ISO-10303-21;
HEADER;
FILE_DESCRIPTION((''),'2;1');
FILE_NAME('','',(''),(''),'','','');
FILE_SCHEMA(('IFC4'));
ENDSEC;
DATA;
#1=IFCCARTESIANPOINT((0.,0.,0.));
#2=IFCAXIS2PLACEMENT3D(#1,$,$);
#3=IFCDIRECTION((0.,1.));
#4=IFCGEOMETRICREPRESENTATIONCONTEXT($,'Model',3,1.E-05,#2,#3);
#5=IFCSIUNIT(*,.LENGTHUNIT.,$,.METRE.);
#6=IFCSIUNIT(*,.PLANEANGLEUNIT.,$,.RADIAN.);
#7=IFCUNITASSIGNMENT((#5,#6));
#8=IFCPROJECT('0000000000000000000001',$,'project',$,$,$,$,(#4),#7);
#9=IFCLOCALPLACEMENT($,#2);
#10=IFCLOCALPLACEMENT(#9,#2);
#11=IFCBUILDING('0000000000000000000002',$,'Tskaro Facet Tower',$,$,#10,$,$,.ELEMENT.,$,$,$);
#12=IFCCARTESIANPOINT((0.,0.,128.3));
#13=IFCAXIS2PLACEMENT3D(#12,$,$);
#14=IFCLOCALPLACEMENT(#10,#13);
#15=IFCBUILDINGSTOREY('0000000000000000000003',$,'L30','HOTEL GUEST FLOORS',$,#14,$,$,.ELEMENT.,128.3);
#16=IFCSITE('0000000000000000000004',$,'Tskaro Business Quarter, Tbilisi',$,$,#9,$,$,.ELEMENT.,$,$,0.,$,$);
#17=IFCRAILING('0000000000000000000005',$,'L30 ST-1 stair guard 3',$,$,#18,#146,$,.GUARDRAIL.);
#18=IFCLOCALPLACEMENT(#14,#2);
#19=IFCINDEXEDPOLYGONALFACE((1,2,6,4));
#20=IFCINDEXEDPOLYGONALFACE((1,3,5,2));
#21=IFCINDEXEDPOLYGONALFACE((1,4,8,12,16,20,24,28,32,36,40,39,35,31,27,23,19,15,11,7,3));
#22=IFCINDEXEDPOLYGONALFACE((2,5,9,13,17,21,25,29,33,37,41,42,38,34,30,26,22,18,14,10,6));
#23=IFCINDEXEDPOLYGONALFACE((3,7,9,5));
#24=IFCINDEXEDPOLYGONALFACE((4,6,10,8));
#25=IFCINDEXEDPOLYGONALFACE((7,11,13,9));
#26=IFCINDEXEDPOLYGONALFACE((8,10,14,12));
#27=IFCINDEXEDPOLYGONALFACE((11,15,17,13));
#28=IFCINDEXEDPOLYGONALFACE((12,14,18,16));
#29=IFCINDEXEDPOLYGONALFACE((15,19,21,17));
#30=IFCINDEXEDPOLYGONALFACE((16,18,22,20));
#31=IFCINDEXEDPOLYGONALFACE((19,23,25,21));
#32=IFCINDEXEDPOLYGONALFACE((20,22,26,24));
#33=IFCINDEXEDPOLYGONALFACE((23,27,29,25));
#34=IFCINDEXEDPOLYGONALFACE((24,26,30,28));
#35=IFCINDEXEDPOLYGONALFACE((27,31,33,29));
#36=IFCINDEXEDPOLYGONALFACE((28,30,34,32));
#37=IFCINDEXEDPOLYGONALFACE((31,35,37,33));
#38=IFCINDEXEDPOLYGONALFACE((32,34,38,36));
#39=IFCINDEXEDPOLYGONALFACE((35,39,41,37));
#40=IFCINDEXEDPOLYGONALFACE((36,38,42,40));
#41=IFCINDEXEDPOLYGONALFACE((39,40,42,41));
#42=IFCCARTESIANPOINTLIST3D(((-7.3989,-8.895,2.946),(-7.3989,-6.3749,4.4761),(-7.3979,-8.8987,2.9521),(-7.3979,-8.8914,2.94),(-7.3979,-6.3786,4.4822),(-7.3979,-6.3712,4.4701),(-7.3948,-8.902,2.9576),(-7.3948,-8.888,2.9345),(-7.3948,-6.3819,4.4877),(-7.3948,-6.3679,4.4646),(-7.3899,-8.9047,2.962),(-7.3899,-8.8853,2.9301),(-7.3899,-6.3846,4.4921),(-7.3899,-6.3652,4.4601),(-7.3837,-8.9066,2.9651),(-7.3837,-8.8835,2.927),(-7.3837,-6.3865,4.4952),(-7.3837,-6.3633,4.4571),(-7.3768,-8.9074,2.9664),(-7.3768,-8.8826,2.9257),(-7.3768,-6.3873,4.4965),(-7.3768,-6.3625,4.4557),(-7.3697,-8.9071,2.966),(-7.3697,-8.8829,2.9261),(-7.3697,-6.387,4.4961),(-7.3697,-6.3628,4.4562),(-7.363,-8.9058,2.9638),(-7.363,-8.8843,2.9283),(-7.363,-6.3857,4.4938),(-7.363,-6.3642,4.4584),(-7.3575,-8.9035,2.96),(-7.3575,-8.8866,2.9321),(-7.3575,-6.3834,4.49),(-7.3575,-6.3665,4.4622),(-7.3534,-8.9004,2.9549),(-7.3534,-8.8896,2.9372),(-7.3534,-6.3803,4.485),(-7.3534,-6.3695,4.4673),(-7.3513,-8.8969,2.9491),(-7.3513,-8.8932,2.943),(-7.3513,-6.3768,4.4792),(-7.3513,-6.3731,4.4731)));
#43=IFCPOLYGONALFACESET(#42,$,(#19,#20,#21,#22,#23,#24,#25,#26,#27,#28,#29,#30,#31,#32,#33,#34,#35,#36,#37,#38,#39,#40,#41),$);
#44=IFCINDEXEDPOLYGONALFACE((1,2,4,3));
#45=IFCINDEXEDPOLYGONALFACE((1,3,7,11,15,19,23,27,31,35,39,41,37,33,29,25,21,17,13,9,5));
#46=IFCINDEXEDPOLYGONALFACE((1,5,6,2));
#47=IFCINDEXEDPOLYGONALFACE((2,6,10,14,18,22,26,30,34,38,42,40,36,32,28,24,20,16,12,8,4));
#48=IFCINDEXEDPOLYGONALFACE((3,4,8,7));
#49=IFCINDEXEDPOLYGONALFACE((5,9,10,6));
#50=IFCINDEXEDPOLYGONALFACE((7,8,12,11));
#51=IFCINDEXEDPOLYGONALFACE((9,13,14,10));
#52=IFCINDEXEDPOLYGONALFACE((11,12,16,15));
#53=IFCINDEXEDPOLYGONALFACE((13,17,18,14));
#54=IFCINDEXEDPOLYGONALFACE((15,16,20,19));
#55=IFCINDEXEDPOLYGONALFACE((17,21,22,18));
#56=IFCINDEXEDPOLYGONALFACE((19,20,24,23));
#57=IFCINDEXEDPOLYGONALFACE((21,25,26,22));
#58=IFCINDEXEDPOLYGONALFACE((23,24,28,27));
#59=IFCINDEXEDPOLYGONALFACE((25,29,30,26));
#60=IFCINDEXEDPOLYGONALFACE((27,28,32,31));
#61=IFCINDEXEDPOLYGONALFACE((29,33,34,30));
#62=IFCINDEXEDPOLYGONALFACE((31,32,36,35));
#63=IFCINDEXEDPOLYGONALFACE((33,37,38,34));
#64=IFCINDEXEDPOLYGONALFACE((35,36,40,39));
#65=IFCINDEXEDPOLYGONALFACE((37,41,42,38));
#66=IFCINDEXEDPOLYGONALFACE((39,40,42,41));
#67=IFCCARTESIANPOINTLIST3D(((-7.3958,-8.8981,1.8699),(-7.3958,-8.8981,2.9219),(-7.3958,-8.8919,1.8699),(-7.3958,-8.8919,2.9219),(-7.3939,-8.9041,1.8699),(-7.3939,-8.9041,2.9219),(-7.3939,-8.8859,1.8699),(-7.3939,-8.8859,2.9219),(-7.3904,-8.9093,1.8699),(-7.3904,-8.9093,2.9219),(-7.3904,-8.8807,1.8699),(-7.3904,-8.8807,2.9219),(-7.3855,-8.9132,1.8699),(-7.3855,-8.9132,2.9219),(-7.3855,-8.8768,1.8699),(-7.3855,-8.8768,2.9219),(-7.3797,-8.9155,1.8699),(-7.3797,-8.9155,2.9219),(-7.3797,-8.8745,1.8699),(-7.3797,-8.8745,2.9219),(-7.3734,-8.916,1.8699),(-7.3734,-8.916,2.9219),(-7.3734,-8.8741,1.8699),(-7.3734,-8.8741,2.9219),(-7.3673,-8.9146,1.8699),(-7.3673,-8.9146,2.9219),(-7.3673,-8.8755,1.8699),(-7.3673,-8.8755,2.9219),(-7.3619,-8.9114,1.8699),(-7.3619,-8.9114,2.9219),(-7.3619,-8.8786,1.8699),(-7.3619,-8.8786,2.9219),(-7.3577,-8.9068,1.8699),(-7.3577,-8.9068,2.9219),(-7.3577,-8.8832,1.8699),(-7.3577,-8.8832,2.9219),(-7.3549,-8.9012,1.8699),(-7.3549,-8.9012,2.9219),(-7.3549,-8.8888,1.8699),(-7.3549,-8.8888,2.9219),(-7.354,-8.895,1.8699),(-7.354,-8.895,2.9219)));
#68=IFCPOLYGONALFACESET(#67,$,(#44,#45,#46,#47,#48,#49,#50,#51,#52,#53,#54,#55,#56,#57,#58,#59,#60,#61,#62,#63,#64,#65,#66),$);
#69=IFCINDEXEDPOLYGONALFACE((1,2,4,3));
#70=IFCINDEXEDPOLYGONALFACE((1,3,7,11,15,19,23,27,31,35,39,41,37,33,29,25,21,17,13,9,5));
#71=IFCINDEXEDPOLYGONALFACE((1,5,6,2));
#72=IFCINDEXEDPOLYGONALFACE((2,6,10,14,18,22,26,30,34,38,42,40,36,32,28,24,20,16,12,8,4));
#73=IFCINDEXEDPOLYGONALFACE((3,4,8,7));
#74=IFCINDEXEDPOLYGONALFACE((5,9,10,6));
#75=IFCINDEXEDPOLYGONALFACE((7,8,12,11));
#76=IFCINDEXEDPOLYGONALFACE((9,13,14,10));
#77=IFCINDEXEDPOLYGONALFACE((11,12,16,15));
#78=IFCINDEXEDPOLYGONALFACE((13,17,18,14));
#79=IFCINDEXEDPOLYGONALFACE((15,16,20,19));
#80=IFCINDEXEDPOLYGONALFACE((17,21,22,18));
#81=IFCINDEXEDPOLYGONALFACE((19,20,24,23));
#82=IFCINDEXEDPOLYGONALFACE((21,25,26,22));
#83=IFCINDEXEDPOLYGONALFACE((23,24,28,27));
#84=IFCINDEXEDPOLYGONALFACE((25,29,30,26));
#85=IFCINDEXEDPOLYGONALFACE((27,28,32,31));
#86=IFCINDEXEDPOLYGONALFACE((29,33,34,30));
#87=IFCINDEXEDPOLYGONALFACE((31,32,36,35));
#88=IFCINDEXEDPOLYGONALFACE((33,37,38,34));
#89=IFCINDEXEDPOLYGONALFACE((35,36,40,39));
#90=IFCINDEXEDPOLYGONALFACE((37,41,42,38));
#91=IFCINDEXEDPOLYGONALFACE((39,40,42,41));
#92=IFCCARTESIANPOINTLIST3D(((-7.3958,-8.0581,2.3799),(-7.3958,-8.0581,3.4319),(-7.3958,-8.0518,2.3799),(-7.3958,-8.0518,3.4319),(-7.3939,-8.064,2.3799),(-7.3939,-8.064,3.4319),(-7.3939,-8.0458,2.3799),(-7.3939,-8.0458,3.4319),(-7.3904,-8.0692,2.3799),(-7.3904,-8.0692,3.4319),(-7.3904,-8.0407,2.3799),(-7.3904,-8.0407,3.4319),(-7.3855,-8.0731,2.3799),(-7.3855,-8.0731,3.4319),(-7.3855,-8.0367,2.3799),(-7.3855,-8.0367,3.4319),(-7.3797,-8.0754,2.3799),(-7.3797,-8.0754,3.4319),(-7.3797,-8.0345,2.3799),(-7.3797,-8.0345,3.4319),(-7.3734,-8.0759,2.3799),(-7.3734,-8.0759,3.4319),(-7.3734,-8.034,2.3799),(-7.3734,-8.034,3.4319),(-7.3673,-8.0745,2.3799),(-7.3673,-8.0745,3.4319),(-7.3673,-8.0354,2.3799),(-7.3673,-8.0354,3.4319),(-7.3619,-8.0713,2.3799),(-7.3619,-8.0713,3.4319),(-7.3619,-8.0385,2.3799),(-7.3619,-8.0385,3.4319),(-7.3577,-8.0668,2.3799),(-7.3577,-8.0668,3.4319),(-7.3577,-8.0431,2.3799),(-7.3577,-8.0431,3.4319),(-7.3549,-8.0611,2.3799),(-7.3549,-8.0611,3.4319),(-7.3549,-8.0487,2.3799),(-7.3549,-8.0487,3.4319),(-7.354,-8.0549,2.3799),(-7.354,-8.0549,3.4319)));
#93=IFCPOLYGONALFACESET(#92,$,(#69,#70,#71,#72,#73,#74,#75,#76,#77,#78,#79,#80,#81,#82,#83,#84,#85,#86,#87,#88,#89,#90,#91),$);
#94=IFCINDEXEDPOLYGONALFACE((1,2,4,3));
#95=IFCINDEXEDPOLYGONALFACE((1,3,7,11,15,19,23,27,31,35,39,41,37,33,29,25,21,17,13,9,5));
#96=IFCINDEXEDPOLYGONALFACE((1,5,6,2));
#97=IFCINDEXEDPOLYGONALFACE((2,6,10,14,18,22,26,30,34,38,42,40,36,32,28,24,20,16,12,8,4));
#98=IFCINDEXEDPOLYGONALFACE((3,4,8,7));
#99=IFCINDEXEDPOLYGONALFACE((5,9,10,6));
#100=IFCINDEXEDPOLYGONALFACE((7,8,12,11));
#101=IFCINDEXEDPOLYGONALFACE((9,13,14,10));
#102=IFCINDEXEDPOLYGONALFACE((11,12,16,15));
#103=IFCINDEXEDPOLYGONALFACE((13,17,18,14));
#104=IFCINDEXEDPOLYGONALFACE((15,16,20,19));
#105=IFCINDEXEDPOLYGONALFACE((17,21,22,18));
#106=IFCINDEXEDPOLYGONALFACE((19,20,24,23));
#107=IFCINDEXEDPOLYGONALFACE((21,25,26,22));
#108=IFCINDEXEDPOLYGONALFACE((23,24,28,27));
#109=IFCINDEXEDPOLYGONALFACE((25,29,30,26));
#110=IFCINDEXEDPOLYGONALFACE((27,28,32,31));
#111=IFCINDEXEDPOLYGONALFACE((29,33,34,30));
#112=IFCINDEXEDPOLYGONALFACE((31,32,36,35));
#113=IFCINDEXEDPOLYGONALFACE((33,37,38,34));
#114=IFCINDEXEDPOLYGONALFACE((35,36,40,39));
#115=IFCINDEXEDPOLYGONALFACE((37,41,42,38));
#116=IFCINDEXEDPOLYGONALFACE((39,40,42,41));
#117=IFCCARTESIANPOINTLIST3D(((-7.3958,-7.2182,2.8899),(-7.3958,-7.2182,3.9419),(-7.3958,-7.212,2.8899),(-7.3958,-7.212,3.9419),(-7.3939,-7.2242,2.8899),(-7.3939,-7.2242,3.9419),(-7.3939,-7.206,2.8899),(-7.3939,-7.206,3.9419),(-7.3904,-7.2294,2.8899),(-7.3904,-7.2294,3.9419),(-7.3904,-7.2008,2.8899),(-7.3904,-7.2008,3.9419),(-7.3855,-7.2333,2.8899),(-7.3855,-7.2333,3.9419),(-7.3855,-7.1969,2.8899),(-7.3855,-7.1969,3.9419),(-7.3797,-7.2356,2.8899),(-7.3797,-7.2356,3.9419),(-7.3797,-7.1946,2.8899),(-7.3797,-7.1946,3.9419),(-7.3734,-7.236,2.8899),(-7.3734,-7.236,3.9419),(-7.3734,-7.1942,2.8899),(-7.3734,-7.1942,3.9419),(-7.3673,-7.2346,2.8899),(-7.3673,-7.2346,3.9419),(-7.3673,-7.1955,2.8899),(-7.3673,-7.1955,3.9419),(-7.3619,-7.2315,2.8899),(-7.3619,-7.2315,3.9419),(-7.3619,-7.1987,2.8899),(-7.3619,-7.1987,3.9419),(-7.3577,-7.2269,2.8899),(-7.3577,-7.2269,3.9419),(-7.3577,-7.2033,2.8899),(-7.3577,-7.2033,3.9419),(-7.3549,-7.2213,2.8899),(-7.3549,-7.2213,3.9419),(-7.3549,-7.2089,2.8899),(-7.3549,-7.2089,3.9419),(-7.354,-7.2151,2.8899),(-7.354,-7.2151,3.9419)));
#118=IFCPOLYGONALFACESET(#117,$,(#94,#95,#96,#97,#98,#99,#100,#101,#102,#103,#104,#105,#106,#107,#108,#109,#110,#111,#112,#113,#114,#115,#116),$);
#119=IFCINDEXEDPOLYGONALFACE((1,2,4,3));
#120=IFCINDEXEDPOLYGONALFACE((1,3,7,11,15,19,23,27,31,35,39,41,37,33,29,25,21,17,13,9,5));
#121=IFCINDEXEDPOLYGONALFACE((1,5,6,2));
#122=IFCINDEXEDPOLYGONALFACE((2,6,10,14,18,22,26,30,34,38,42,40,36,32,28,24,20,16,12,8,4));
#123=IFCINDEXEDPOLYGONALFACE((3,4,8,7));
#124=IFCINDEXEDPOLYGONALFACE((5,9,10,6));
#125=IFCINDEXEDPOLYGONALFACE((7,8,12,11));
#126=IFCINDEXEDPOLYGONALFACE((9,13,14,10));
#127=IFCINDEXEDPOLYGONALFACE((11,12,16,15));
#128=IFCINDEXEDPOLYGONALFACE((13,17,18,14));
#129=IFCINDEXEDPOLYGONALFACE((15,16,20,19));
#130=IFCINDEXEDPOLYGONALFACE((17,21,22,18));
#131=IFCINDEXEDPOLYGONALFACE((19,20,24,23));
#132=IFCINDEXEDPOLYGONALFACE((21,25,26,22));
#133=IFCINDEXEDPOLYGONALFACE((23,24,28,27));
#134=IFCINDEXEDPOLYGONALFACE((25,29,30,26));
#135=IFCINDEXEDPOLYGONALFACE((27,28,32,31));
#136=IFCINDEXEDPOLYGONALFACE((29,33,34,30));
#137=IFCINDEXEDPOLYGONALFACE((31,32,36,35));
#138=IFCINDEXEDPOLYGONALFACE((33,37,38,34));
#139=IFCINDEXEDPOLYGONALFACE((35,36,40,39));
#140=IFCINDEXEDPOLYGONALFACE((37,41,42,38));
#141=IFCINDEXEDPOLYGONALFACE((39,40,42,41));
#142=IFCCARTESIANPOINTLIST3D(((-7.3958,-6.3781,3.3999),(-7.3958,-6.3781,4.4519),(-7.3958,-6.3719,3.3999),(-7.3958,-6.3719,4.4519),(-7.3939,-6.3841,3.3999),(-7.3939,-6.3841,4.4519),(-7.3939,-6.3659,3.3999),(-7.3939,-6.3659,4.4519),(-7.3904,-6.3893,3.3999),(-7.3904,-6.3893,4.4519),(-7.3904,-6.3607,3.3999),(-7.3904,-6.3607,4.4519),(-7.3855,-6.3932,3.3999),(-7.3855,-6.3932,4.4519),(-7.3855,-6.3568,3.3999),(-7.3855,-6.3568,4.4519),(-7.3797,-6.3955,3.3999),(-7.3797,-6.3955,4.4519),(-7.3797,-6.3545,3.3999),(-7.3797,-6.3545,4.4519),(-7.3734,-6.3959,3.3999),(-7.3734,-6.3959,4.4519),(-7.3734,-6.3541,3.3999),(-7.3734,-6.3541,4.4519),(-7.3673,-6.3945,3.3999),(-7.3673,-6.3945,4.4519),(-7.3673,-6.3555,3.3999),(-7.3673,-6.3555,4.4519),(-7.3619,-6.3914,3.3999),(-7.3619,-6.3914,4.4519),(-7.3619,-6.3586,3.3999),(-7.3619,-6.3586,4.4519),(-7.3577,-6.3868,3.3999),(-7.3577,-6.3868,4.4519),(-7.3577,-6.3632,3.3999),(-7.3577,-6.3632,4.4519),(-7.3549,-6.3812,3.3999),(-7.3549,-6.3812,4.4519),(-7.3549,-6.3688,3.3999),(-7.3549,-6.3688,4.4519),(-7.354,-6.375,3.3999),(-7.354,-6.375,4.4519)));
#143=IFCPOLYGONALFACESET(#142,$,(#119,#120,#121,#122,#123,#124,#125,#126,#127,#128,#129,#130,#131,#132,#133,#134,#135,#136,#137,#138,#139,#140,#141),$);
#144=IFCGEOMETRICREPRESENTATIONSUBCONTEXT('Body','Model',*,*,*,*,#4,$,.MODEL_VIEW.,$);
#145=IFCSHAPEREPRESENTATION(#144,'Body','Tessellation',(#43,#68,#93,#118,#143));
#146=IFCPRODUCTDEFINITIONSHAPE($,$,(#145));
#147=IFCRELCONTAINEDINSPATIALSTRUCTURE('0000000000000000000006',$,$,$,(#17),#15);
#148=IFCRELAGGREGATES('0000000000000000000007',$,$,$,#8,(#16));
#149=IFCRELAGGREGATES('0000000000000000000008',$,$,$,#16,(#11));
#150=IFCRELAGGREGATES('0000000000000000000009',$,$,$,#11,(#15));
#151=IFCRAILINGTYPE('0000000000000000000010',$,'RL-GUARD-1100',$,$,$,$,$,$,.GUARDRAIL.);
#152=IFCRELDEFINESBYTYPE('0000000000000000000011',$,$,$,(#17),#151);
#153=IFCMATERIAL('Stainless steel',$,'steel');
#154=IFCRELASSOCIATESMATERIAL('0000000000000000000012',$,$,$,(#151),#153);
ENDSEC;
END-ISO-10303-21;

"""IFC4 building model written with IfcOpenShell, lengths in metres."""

from ifc_helpers import new_model, si_unit, direction, frame, origin, origin_2d, place, context, subcontext, project, spatial, circle, extrude, material, type_object, element, save


model = new_model("IFC4")

# Units and contexts
model_context = context("Model", 3, precision=1e-05, world=origin(), true_north=direction((0.0, 1.0)))
body_context = subcontext(model_context, "Body", "Model", "MODEL_VIEW")
ifc_project = project(units=[si_unit("LENGTHUNIT", "METRE"), si_unit("PLANEANGLEUNIT", "RADIAN")], contexts=[model_context])

# Site, building, storey
site_placement = place(None, origin())
site = spatial("IfcSite", under=ifc_project, at=site_placement, Name="Tskaro Business Quarter, Tbilisi", CompositionType="ELEMENT", RefElevation=0.0)
building_placement = place(site_placement, origin())
building = spatial("IfcBuilding", under=site, at=building_placement, Name="Tskaro Facet Tower", CompositionType="ELEMENT")
storey_placement = place(building_placement, frame((0.0, 0.0, 128.3)))
storey = spatial("IfcBuildingStorey", under=building, at=storey_placement, Name="L30", Description="HOTEL GUEST FLOORS", CompositionType="ELEMENT", Elevation=128.3)

# Shared definitions
ifc_material_1 = material(Name="Stainless steel", Category="steel")

# Railing
railing_type_1 = type_object("IfcRailingType", Name="RL-GUARD-1100", PredefinedType="GUARDRAIL", material=ifc_material_1)
railing_1_placement = place(storey_placement, frame((-7.375, -8.895, 1.8699)))
element("IfcRailing", 1, at=railing_1_placement, inside=storey, type_object=railing_type_1, Name="L30 ST-1 stair guard 3", PredefinedType="GUARDRAIL", context=body_context, shape_type="SweptSolid", body=[
    extrude(circle(Radius=0.0239, at=origin_2d()), frame((0.0, 0.0, 1.0762), z_axis=(0.0, 0.854785, 0.518982), x_axis=(-1.0, 0.0, 0.0)), (0.0, 0.0, 1.0), 2.9482),
    extrude(circle(Radius=0.021, at=origin_2d()), origin(), (0.0, 0.0, 1.0), 1.052),
    extrude(circle(Radius=0.021, at=origin_2d()), frame((0.0, 0.8401, 0.51)), (0.0, 0.0, 1.0), 1.052),
    extrude(circle(Radius=0.021, at=origin_2d()), frame((0.0, 1.6799, 1.02)), (0.0, 0.0, 1.0), 1.052),
    extrude(circle(Radius=0.021, at=origin_2d()), frame((0.0, 2.52, 1.53)), (0.0, 0.0, 1.0), 1.052),
])

save(model, "model.ifc")
